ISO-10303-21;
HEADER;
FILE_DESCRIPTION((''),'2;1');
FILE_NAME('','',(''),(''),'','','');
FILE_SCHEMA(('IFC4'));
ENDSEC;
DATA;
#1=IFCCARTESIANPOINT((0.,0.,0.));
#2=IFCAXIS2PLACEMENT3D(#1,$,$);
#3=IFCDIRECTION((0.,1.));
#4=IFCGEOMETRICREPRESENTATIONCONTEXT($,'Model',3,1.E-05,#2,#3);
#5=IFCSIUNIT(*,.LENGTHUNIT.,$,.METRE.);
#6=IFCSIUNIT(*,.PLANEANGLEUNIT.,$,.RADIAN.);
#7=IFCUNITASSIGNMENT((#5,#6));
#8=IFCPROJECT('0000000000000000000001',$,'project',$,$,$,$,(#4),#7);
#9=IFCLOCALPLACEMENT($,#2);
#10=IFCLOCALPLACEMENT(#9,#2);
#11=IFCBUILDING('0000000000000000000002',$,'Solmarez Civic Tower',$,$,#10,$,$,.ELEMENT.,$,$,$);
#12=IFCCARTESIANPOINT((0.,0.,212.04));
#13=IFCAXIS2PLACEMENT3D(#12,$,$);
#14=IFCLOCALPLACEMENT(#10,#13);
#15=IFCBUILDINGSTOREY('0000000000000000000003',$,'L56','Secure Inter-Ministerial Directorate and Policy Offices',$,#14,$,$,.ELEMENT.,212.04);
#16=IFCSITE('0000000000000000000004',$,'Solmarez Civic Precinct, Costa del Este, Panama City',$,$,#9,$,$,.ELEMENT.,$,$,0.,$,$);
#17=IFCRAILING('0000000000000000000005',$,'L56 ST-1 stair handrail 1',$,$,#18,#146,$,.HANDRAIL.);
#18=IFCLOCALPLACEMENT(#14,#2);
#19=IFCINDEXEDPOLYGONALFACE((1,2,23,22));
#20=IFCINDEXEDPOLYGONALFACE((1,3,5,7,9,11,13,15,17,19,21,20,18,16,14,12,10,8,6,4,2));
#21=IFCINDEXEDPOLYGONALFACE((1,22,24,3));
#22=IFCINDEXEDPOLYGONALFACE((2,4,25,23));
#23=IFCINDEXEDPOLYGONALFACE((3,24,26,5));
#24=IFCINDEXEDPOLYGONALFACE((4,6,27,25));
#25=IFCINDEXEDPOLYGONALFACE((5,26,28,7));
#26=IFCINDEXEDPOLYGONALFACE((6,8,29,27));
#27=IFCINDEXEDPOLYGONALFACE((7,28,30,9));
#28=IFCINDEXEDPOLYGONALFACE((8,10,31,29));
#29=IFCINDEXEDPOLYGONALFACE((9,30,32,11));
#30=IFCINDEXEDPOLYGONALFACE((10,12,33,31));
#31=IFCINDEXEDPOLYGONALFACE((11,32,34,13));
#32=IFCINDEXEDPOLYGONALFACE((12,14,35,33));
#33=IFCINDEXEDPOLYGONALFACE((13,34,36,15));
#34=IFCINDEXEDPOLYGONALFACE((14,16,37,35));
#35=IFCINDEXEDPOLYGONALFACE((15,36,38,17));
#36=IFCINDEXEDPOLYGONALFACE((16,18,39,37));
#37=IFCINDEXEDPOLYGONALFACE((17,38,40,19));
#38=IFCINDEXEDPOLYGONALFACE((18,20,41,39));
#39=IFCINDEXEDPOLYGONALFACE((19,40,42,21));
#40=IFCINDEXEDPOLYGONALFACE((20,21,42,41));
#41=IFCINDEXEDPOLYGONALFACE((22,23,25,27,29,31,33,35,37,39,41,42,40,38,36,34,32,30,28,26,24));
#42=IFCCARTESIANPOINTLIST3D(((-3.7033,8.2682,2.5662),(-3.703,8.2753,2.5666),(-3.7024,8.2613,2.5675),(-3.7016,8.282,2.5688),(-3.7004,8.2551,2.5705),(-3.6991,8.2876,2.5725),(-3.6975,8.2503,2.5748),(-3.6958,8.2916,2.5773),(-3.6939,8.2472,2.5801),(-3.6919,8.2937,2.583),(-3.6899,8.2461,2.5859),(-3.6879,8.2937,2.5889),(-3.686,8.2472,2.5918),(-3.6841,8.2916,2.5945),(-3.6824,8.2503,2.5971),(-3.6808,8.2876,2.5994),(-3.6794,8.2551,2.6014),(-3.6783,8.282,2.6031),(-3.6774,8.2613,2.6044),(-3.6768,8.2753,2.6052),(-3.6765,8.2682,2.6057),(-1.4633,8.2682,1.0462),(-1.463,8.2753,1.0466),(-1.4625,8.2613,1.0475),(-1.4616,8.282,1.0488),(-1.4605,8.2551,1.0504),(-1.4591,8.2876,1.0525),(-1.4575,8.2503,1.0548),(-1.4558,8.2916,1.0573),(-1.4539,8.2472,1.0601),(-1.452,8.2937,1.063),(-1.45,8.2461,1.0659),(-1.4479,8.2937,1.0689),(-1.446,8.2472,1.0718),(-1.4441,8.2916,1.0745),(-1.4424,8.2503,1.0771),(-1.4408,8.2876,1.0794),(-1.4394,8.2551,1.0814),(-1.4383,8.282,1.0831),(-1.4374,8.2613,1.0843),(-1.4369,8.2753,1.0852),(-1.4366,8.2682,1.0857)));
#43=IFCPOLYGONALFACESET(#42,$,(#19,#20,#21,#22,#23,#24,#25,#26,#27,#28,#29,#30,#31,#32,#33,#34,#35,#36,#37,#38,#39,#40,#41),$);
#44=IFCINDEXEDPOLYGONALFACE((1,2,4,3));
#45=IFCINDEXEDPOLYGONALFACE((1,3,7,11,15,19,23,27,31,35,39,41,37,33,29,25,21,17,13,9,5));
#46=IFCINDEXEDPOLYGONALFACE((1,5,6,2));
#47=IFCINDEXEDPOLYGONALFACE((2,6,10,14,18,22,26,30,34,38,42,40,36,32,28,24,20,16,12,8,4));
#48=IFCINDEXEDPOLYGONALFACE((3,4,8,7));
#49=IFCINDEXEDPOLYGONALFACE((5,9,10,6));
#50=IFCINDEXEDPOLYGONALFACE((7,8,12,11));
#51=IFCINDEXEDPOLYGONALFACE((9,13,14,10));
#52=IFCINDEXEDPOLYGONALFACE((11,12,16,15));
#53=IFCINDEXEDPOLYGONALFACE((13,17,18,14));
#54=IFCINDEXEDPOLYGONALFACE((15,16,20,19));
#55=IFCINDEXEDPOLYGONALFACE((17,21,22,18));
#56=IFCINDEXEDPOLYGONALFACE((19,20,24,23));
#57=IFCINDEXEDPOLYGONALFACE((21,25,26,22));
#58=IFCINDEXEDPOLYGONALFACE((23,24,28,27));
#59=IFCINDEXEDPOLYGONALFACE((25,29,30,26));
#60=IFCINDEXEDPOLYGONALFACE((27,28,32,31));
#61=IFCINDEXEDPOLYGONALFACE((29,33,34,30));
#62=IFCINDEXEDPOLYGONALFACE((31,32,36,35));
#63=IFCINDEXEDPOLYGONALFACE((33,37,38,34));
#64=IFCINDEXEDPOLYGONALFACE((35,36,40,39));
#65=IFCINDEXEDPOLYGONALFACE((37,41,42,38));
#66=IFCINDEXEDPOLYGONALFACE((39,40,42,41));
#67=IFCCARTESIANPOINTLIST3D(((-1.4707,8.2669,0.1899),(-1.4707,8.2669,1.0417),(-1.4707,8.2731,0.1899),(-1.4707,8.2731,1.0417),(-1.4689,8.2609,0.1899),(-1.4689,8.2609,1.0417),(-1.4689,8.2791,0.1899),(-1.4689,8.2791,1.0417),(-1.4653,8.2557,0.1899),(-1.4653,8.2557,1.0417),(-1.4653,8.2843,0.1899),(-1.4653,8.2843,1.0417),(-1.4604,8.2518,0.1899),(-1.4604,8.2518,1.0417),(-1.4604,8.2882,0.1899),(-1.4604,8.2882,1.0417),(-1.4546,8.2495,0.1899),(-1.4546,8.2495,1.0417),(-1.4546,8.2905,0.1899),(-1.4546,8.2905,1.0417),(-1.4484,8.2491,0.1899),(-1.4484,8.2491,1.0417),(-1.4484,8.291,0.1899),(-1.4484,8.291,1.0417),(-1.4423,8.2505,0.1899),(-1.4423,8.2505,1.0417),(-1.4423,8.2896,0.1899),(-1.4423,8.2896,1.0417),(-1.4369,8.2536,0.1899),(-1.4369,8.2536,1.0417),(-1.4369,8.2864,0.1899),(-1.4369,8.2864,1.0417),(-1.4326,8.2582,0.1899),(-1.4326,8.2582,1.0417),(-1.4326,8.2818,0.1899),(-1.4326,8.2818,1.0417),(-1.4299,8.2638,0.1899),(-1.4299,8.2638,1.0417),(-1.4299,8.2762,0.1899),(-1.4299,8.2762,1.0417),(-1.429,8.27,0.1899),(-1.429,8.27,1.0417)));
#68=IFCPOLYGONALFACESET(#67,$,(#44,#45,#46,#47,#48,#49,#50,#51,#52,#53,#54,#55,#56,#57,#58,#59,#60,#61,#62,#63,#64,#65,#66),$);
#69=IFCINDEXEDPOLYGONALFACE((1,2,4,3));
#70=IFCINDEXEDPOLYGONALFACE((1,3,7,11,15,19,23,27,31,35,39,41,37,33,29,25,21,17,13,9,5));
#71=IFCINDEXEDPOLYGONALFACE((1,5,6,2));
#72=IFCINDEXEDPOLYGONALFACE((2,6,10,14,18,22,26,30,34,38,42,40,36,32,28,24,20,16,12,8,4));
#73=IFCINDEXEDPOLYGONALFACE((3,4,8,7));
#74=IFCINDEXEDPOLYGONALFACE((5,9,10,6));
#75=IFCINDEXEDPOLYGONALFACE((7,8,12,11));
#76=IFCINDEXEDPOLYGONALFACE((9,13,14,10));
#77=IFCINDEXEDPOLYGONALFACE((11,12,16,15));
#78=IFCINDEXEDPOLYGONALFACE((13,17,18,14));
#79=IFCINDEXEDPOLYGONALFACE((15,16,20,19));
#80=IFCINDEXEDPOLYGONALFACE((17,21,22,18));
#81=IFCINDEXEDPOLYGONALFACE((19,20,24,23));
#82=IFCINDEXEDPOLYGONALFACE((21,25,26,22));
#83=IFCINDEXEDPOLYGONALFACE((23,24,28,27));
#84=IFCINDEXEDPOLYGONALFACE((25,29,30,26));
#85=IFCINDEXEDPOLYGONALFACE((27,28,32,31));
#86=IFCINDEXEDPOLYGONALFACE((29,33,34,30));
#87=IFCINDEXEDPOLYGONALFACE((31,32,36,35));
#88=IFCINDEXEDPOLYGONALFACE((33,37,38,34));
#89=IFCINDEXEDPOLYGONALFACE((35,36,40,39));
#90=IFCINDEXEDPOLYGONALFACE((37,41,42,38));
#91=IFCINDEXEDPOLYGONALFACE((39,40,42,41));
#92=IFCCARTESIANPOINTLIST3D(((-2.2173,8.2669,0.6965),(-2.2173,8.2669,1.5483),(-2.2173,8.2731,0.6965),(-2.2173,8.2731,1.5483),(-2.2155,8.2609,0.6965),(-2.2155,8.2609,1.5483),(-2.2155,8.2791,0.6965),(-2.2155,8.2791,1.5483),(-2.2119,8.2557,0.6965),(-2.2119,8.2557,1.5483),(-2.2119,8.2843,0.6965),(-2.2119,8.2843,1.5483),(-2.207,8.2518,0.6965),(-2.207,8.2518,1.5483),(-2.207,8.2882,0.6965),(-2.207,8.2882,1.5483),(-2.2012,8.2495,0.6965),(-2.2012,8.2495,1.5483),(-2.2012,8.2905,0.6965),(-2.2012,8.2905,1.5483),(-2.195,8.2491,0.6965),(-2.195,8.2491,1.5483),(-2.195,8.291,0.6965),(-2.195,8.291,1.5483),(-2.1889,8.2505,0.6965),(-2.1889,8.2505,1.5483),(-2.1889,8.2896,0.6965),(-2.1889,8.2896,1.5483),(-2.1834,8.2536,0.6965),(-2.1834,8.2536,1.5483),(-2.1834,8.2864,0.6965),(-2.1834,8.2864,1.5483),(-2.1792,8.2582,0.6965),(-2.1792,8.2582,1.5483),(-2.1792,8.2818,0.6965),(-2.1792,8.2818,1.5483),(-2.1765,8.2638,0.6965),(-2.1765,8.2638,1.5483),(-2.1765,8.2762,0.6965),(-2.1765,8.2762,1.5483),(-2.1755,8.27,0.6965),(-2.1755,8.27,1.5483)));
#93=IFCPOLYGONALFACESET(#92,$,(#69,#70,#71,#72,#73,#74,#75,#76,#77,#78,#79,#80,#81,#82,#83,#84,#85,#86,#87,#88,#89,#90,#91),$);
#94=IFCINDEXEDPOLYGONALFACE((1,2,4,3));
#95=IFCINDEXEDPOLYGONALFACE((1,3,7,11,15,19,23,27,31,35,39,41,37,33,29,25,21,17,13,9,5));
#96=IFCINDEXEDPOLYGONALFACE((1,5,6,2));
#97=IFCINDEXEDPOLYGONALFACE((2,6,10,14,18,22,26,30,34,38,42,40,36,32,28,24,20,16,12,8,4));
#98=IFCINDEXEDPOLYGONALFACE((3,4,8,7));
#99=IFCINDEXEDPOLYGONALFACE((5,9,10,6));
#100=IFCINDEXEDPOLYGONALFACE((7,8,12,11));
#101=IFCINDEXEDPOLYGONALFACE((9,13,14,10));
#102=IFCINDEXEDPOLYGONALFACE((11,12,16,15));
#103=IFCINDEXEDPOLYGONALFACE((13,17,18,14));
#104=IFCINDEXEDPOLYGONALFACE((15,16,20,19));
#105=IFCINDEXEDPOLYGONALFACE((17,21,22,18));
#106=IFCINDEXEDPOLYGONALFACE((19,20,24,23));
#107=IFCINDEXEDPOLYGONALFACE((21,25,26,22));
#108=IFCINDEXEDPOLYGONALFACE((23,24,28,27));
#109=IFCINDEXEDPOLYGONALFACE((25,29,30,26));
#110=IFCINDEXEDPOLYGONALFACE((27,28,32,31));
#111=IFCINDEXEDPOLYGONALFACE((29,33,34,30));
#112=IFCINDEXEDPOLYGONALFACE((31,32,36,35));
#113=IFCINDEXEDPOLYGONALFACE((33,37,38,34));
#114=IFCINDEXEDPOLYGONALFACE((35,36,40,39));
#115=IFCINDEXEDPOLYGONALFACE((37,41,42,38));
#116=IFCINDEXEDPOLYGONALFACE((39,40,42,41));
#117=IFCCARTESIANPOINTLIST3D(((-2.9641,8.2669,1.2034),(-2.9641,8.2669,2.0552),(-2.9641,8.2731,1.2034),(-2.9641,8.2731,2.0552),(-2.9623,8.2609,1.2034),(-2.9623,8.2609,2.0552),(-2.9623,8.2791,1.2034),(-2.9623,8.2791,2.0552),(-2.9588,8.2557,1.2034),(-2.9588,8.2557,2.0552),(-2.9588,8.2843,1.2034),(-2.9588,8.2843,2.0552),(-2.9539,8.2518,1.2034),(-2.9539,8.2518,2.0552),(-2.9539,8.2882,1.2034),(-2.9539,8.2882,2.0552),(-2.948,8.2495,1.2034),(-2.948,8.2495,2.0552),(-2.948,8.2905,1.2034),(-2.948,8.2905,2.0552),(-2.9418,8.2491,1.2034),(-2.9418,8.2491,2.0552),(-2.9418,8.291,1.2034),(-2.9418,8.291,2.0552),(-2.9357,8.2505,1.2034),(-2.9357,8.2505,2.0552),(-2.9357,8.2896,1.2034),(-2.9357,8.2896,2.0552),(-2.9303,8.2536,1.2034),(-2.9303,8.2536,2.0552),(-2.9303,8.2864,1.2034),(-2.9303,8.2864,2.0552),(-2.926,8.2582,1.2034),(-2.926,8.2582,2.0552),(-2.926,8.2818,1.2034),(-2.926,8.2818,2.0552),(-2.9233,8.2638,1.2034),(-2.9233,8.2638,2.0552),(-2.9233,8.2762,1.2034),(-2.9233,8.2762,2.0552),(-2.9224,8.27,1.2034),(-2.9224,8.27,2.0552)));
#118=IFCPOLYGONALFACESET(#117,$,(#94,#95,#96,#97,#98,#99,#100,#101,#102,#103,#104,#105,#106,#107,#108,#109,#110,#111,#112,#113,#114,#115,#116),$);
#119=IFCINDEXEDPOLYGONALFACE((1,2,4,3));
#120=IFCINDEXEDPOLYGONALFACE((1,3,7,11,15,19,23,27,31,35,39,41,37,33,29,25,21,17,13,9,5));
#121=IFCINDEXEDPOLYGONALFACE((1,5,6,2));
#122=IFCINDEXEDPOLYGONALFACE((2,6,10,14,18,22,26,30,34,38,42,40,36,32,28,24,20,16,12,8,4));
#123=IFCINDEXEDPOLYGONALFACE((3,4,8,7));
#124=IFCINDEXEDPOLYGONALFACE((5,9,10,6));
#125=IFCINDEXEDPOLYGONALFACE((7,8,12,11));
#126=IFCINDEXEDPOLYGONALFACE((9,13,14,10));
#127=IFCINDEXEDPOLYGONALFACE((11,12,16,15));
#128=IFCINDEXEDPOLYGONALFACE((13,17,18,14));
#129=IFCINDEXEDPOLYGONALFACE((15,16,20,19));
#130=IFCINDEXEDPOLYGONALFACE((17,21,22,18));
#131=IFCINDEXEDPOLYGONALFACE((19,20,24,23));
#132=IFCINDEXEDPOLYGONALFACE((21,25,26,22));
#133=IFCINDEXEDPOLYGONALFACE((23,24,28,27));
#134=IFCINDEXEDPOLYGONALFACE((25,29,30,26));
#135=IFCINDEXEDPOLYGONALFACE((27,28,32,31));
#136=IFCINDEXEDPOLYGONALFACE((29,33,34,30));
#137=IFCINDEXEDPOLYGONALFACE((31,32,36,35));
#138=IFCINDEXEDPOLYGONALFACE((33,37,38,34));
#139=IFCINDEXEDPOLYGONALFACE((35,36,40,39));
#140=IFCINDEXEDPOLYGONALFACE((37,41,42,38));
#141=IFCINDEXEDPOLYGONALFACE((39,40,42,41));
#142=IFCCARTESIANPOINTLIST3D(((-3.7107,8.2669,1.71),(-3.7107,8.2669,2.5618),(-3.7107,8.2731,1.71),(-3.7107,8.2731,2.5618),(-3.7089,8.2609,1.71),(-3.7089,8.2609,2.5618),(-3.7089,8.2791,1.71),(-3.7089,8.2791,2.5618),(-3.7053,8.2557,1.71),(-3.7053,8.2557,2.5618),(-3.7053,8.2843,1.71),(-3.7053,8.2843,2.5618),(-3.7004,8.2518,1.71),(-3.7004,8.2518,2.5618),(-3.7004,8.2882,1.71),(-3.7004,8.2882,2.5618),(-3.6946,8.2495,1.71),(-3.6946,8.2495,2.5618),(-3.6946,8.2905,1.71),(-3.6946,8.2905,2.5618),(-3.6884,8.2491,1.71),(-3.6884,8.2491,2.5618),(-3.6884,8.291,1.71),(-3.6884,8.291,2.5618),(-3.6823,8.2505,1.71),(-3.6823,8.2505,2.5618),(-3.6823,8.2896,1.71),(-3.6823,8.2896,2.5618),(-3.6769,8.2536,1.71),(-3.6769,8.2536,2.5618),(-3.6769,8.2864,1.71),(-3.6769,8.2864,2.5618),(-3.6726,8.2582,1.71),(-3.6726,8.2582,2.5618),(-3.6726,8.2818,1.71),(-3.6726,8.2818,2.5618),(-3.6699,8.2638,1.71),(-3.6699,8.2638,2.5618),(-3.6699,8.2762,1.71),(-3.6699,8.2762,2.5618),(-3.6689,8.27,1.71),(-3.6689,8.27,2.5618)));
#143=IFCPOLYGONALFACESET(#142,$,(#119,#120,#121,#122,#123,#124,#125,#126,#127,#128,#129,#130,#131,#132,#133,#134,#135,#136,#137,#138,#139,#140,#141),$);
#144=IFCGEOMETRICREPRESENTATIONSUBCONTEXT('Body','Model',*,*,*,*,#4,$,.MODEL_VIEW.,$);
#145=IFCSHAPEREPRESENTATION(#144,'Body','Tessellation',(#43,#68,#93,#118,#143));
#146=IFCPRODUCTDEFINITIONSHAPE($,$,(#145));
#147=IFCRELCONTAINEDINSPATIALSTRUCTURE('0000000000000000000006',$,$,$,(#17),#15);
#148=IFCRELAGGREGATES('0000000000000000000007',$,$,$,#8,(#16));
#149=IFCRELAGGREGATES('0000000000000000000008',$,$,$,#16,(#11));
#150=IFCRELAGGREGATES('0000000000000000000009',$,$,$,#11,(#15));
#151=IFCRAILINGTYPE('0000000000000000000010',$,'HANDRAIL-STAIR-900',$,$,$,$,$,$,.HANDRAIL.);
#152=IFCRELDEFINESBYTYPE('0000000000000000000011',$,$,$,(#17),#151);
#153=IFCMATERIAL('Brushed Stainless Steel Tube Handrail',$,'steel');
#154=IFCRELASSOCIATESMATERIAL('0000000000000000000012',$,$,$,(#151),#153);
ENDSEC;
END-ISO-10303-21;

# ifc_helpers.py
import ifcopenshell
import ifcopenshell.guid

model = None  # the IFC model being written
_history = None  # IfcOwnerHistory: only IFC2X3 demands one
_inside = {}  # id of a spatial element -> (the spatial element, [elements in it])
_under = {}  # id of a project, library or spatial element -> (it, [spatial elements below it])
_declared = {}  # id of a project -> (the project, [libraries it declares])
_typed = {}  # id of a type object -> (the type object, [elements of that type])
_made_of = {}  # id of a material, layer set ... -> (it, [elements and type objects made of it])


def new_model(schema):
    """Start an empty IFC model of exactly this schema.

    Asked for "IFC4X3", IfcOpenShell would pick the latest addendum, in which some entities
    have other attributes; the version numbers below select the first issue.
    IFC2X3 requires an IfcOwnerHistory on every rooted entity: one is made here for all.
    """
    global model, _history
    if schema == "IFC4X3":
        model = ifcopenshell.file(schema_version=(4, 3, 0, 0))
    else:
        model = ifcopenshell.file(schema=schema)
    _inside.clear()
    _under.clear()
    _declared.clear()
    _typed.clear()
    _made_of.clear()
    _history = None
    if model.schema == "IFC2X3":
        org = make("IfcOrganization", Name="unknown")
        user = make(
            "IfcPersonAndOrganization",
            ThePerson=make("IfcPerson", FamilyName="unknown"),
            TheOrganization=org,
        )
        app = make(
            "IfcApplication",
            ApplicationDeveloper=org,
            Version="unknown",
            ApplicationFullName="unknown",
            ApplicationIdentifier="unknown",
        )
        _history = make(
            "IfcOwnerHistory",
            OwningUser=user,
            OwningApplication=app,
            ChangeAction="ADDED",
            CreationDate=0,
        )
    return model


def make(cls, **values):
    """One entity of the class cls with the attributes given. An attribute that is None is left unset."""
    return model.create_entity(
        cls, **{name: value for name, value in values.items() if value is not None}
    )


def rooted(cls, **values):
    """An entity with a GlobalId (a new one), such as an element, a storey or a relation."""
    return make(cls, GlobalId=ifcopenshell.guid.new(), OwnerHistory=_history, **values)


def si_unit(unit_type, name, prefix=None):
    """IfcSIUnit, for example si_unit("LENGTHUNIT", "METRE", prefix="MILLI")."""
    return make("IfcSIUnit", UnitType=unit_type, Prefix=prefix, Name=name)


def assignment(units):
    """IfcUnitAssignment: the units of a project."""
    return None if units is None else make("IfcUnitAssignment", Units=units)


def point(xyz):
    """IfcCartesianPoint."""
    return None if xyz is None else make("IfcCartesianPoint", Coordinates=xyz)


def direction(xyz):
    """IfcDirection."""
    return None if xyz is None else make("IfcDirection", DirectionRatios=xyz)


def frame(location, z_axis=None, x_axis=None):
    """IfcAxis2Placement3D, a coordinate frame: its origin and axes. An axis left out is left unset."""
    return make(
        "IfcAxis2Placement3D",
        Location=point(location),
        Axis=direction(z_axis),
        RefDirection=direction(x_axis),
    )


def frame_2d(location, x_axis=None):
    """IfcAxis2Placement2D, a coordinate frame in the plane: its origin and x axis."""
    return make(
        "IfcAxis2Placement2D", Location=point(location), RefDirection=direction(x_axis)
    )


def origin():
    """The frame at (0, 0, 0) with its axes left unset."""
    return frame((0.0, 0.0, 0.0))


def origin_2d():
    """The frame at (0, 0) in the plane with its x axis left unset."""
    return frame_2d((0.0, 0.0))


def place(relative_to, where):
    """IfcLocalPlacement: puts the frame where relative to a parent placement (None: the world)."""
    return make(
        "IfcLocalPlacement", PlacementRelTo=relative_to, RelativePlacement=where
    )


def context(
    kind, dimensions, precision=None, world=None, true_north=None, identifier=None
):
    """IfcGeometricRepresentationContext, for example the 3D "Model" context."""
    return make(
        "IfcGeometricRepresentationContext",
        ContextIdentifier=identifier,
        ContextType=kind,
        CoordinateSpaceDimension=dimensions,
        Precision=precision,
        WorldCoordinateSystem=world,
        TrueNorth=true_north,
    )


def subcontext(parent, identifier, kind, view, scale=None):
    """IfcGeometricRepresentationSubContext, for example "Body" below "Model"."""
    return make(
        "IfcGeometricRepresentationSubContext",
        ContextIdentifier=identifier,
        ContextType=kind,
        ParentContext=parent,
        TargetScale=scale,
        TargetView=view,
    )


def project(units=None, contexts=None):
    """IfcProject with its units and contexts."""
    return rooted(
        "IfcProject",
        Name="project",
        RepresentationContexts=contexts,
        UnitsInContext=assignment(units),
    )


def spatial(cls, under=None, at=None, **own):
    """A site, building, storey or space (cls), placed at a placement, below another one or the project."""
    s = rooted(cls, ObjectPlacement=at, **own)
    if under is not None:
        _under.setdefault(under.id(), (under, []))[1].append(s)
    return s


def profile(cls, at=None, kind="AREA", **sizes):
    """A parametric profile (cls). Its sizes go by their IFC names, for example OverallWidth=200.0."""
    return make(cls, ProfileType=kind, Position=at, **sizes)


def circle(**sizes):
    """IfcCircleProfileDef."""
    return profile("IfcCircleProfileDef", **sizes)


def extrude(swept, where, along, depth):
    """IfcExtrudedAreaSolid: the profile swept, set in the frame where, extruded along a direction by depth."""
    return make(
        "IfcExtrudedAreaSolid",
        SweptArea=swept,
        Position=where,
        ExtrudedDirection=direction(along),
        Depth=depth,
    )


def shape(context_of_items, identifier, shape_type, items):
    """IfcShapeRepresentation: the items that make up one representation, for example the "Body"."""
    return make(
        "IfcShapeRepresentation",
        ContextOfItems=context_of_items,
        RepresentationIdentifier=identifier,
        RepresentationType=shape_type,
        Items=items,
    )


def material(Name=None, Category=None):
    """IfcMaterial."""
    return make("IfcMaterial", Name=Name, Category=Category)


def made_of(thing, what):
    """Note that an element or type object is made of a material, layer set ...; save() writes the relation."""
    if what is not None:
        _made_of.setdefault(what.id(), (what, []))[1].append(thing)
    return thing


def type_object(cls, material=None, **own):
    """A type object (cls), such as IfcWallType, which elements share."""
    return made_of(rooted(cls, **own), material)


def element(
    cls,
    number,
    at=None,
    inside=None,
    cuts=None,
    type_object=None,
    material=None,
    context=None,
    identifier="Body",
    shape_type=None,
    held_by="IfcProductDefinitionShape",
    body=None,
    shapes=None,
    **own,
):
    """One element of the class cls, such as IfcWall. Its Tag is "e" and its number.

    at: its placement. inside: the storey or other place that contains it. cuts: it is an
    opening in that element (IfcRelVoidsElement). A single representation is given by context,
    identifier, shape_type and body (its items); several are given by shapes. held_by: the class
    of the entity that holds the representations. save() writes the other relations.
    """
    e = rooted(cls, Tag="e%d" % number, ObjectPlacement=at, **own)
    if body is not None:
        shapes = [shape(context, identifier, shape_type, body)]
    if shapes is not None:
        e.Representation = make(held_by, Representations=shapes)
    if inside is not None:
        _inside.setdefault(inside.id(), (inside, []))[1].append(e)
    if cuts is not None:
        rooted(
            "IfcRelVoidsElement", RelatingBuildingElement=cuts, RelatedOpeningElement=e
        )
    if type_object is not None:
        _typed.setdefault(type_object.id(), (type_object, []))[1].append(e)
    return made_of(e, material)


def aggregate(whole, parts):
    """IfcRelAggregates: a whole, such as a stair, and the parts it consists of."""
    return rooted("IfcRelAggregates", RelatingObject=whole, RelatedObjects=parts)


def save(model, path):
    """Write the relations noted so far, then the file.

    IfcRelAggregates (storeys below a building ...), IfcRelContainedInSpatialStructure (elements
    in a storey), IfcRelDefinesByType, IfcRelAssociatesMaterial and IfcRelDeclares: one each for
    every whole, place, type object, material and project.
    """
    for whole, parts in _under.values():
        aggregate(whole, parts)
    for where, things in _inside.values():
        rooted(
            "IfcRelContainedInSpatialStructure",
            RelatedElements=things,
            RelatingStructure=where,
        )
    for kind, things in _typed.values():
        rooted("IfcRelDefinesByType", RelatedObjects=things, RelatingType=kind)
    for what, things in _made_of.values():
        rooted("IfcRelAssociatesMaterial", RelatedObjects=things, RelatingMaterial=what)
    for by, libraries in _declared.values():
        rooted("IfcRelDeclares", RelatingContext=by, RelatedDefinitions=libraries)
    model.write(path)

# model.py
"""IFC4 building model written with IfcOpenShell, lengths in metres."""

from ifc_helpers import new_model, si_unit, direction, frame, origin, origin_2d, place, context, subcontext, project, spatial, circle, extrude, material, type_object, element, save


model = new_model("IFC4")

# Units and contexts
model_context = context("Model", 3, precision=1e-05, world=origin(), true_north=direction((0.0, 1.0)))
body_context = subcontext(model_context, "Body", "Model", "MODEL_VIEW")
ifc_project = project(units=[si_unit("LENGTHUNIT", "METRE"), si_unit("PLANEANGLEUNIT", "RADIAN")], contexts=[model_context])

# Site, building, storey
site_placement = place(None, origin())
site = spatial("IfcSite", under=ifc_project, at=site_placement, Name="Solmarez Civic Precinct, Costa del Este, Panama City", CompositionType="ELEMENT", RefElevation=0.0)
building_placement = place(site_placement, origin())
building = spatial("IfcBuilding", under=site, at=building_placement, Name="Solmarez Civic Tower", CompositionType="ELEMENT")
storey_placement = place(building_placement, frame((0.0, 0.0, 212.04)))
storey = spatial("IfcBuildingStorey", under=building, at=storey_placement, Name="L56", Description="Secure Inter-Ministerial Directorate and Policy Offices", CompositionType="ELEMENT", Elevation=212.04)

# Railing
ifc_material_1 = material(Name="Brushed Stainless Steel Tube Handrail", Category="steel")
railing_type_1 = type_object("IfcRailingType", Name="HANDRAIL-STAIR-900", PredefinedType="HANDRAIL", material=ifc_material_1)
railing_1_placement = place(storey_placement, frame((-1.45, 8.27, 0.1899)))
element("IfcRailing", 1, at=railing_1_placement, inside=storey, type_object=railing_type_1, Name="L56 ST-1 stair handrail 1", PredefinedType="HANDRAIL", context=body_context, shape_type="SweptSolid", body=[
    extrude(circle(Radius=0.0239, at=origin_2d()), frame((0.0, 0.0, 0.876), z_axis=(-0.827471, 0.0, 0.561508), x_axis=(0.0, -1.0, 0.0)), (0.0, 0.0, 1.0), 2.707),
    extrude(circle(Radius=0.021, at=origin_2d()), origin(), (0.0, 0.0, 1.0), 0.8518),
    extrude(circle(Radius=0.021, at=origin_2d()), frame((-0.7466, 0.0, 0.5066)), (0.0, 0.0, 1.0), 0.8518),
    extrude(circle(Radius=0.021, at=origin_2d()), frame((-1.4934, 0.0, 1.0134)), (0.0, 0.0, 1.0), 0.8518),
    extrude(circle(Radius=0.021, at=origin_2d()), frame((-2.24, 0.0, 1.52)), (0.0, 0.0, 1.0), 0.8518),
])

save(model, "model.ifc")
